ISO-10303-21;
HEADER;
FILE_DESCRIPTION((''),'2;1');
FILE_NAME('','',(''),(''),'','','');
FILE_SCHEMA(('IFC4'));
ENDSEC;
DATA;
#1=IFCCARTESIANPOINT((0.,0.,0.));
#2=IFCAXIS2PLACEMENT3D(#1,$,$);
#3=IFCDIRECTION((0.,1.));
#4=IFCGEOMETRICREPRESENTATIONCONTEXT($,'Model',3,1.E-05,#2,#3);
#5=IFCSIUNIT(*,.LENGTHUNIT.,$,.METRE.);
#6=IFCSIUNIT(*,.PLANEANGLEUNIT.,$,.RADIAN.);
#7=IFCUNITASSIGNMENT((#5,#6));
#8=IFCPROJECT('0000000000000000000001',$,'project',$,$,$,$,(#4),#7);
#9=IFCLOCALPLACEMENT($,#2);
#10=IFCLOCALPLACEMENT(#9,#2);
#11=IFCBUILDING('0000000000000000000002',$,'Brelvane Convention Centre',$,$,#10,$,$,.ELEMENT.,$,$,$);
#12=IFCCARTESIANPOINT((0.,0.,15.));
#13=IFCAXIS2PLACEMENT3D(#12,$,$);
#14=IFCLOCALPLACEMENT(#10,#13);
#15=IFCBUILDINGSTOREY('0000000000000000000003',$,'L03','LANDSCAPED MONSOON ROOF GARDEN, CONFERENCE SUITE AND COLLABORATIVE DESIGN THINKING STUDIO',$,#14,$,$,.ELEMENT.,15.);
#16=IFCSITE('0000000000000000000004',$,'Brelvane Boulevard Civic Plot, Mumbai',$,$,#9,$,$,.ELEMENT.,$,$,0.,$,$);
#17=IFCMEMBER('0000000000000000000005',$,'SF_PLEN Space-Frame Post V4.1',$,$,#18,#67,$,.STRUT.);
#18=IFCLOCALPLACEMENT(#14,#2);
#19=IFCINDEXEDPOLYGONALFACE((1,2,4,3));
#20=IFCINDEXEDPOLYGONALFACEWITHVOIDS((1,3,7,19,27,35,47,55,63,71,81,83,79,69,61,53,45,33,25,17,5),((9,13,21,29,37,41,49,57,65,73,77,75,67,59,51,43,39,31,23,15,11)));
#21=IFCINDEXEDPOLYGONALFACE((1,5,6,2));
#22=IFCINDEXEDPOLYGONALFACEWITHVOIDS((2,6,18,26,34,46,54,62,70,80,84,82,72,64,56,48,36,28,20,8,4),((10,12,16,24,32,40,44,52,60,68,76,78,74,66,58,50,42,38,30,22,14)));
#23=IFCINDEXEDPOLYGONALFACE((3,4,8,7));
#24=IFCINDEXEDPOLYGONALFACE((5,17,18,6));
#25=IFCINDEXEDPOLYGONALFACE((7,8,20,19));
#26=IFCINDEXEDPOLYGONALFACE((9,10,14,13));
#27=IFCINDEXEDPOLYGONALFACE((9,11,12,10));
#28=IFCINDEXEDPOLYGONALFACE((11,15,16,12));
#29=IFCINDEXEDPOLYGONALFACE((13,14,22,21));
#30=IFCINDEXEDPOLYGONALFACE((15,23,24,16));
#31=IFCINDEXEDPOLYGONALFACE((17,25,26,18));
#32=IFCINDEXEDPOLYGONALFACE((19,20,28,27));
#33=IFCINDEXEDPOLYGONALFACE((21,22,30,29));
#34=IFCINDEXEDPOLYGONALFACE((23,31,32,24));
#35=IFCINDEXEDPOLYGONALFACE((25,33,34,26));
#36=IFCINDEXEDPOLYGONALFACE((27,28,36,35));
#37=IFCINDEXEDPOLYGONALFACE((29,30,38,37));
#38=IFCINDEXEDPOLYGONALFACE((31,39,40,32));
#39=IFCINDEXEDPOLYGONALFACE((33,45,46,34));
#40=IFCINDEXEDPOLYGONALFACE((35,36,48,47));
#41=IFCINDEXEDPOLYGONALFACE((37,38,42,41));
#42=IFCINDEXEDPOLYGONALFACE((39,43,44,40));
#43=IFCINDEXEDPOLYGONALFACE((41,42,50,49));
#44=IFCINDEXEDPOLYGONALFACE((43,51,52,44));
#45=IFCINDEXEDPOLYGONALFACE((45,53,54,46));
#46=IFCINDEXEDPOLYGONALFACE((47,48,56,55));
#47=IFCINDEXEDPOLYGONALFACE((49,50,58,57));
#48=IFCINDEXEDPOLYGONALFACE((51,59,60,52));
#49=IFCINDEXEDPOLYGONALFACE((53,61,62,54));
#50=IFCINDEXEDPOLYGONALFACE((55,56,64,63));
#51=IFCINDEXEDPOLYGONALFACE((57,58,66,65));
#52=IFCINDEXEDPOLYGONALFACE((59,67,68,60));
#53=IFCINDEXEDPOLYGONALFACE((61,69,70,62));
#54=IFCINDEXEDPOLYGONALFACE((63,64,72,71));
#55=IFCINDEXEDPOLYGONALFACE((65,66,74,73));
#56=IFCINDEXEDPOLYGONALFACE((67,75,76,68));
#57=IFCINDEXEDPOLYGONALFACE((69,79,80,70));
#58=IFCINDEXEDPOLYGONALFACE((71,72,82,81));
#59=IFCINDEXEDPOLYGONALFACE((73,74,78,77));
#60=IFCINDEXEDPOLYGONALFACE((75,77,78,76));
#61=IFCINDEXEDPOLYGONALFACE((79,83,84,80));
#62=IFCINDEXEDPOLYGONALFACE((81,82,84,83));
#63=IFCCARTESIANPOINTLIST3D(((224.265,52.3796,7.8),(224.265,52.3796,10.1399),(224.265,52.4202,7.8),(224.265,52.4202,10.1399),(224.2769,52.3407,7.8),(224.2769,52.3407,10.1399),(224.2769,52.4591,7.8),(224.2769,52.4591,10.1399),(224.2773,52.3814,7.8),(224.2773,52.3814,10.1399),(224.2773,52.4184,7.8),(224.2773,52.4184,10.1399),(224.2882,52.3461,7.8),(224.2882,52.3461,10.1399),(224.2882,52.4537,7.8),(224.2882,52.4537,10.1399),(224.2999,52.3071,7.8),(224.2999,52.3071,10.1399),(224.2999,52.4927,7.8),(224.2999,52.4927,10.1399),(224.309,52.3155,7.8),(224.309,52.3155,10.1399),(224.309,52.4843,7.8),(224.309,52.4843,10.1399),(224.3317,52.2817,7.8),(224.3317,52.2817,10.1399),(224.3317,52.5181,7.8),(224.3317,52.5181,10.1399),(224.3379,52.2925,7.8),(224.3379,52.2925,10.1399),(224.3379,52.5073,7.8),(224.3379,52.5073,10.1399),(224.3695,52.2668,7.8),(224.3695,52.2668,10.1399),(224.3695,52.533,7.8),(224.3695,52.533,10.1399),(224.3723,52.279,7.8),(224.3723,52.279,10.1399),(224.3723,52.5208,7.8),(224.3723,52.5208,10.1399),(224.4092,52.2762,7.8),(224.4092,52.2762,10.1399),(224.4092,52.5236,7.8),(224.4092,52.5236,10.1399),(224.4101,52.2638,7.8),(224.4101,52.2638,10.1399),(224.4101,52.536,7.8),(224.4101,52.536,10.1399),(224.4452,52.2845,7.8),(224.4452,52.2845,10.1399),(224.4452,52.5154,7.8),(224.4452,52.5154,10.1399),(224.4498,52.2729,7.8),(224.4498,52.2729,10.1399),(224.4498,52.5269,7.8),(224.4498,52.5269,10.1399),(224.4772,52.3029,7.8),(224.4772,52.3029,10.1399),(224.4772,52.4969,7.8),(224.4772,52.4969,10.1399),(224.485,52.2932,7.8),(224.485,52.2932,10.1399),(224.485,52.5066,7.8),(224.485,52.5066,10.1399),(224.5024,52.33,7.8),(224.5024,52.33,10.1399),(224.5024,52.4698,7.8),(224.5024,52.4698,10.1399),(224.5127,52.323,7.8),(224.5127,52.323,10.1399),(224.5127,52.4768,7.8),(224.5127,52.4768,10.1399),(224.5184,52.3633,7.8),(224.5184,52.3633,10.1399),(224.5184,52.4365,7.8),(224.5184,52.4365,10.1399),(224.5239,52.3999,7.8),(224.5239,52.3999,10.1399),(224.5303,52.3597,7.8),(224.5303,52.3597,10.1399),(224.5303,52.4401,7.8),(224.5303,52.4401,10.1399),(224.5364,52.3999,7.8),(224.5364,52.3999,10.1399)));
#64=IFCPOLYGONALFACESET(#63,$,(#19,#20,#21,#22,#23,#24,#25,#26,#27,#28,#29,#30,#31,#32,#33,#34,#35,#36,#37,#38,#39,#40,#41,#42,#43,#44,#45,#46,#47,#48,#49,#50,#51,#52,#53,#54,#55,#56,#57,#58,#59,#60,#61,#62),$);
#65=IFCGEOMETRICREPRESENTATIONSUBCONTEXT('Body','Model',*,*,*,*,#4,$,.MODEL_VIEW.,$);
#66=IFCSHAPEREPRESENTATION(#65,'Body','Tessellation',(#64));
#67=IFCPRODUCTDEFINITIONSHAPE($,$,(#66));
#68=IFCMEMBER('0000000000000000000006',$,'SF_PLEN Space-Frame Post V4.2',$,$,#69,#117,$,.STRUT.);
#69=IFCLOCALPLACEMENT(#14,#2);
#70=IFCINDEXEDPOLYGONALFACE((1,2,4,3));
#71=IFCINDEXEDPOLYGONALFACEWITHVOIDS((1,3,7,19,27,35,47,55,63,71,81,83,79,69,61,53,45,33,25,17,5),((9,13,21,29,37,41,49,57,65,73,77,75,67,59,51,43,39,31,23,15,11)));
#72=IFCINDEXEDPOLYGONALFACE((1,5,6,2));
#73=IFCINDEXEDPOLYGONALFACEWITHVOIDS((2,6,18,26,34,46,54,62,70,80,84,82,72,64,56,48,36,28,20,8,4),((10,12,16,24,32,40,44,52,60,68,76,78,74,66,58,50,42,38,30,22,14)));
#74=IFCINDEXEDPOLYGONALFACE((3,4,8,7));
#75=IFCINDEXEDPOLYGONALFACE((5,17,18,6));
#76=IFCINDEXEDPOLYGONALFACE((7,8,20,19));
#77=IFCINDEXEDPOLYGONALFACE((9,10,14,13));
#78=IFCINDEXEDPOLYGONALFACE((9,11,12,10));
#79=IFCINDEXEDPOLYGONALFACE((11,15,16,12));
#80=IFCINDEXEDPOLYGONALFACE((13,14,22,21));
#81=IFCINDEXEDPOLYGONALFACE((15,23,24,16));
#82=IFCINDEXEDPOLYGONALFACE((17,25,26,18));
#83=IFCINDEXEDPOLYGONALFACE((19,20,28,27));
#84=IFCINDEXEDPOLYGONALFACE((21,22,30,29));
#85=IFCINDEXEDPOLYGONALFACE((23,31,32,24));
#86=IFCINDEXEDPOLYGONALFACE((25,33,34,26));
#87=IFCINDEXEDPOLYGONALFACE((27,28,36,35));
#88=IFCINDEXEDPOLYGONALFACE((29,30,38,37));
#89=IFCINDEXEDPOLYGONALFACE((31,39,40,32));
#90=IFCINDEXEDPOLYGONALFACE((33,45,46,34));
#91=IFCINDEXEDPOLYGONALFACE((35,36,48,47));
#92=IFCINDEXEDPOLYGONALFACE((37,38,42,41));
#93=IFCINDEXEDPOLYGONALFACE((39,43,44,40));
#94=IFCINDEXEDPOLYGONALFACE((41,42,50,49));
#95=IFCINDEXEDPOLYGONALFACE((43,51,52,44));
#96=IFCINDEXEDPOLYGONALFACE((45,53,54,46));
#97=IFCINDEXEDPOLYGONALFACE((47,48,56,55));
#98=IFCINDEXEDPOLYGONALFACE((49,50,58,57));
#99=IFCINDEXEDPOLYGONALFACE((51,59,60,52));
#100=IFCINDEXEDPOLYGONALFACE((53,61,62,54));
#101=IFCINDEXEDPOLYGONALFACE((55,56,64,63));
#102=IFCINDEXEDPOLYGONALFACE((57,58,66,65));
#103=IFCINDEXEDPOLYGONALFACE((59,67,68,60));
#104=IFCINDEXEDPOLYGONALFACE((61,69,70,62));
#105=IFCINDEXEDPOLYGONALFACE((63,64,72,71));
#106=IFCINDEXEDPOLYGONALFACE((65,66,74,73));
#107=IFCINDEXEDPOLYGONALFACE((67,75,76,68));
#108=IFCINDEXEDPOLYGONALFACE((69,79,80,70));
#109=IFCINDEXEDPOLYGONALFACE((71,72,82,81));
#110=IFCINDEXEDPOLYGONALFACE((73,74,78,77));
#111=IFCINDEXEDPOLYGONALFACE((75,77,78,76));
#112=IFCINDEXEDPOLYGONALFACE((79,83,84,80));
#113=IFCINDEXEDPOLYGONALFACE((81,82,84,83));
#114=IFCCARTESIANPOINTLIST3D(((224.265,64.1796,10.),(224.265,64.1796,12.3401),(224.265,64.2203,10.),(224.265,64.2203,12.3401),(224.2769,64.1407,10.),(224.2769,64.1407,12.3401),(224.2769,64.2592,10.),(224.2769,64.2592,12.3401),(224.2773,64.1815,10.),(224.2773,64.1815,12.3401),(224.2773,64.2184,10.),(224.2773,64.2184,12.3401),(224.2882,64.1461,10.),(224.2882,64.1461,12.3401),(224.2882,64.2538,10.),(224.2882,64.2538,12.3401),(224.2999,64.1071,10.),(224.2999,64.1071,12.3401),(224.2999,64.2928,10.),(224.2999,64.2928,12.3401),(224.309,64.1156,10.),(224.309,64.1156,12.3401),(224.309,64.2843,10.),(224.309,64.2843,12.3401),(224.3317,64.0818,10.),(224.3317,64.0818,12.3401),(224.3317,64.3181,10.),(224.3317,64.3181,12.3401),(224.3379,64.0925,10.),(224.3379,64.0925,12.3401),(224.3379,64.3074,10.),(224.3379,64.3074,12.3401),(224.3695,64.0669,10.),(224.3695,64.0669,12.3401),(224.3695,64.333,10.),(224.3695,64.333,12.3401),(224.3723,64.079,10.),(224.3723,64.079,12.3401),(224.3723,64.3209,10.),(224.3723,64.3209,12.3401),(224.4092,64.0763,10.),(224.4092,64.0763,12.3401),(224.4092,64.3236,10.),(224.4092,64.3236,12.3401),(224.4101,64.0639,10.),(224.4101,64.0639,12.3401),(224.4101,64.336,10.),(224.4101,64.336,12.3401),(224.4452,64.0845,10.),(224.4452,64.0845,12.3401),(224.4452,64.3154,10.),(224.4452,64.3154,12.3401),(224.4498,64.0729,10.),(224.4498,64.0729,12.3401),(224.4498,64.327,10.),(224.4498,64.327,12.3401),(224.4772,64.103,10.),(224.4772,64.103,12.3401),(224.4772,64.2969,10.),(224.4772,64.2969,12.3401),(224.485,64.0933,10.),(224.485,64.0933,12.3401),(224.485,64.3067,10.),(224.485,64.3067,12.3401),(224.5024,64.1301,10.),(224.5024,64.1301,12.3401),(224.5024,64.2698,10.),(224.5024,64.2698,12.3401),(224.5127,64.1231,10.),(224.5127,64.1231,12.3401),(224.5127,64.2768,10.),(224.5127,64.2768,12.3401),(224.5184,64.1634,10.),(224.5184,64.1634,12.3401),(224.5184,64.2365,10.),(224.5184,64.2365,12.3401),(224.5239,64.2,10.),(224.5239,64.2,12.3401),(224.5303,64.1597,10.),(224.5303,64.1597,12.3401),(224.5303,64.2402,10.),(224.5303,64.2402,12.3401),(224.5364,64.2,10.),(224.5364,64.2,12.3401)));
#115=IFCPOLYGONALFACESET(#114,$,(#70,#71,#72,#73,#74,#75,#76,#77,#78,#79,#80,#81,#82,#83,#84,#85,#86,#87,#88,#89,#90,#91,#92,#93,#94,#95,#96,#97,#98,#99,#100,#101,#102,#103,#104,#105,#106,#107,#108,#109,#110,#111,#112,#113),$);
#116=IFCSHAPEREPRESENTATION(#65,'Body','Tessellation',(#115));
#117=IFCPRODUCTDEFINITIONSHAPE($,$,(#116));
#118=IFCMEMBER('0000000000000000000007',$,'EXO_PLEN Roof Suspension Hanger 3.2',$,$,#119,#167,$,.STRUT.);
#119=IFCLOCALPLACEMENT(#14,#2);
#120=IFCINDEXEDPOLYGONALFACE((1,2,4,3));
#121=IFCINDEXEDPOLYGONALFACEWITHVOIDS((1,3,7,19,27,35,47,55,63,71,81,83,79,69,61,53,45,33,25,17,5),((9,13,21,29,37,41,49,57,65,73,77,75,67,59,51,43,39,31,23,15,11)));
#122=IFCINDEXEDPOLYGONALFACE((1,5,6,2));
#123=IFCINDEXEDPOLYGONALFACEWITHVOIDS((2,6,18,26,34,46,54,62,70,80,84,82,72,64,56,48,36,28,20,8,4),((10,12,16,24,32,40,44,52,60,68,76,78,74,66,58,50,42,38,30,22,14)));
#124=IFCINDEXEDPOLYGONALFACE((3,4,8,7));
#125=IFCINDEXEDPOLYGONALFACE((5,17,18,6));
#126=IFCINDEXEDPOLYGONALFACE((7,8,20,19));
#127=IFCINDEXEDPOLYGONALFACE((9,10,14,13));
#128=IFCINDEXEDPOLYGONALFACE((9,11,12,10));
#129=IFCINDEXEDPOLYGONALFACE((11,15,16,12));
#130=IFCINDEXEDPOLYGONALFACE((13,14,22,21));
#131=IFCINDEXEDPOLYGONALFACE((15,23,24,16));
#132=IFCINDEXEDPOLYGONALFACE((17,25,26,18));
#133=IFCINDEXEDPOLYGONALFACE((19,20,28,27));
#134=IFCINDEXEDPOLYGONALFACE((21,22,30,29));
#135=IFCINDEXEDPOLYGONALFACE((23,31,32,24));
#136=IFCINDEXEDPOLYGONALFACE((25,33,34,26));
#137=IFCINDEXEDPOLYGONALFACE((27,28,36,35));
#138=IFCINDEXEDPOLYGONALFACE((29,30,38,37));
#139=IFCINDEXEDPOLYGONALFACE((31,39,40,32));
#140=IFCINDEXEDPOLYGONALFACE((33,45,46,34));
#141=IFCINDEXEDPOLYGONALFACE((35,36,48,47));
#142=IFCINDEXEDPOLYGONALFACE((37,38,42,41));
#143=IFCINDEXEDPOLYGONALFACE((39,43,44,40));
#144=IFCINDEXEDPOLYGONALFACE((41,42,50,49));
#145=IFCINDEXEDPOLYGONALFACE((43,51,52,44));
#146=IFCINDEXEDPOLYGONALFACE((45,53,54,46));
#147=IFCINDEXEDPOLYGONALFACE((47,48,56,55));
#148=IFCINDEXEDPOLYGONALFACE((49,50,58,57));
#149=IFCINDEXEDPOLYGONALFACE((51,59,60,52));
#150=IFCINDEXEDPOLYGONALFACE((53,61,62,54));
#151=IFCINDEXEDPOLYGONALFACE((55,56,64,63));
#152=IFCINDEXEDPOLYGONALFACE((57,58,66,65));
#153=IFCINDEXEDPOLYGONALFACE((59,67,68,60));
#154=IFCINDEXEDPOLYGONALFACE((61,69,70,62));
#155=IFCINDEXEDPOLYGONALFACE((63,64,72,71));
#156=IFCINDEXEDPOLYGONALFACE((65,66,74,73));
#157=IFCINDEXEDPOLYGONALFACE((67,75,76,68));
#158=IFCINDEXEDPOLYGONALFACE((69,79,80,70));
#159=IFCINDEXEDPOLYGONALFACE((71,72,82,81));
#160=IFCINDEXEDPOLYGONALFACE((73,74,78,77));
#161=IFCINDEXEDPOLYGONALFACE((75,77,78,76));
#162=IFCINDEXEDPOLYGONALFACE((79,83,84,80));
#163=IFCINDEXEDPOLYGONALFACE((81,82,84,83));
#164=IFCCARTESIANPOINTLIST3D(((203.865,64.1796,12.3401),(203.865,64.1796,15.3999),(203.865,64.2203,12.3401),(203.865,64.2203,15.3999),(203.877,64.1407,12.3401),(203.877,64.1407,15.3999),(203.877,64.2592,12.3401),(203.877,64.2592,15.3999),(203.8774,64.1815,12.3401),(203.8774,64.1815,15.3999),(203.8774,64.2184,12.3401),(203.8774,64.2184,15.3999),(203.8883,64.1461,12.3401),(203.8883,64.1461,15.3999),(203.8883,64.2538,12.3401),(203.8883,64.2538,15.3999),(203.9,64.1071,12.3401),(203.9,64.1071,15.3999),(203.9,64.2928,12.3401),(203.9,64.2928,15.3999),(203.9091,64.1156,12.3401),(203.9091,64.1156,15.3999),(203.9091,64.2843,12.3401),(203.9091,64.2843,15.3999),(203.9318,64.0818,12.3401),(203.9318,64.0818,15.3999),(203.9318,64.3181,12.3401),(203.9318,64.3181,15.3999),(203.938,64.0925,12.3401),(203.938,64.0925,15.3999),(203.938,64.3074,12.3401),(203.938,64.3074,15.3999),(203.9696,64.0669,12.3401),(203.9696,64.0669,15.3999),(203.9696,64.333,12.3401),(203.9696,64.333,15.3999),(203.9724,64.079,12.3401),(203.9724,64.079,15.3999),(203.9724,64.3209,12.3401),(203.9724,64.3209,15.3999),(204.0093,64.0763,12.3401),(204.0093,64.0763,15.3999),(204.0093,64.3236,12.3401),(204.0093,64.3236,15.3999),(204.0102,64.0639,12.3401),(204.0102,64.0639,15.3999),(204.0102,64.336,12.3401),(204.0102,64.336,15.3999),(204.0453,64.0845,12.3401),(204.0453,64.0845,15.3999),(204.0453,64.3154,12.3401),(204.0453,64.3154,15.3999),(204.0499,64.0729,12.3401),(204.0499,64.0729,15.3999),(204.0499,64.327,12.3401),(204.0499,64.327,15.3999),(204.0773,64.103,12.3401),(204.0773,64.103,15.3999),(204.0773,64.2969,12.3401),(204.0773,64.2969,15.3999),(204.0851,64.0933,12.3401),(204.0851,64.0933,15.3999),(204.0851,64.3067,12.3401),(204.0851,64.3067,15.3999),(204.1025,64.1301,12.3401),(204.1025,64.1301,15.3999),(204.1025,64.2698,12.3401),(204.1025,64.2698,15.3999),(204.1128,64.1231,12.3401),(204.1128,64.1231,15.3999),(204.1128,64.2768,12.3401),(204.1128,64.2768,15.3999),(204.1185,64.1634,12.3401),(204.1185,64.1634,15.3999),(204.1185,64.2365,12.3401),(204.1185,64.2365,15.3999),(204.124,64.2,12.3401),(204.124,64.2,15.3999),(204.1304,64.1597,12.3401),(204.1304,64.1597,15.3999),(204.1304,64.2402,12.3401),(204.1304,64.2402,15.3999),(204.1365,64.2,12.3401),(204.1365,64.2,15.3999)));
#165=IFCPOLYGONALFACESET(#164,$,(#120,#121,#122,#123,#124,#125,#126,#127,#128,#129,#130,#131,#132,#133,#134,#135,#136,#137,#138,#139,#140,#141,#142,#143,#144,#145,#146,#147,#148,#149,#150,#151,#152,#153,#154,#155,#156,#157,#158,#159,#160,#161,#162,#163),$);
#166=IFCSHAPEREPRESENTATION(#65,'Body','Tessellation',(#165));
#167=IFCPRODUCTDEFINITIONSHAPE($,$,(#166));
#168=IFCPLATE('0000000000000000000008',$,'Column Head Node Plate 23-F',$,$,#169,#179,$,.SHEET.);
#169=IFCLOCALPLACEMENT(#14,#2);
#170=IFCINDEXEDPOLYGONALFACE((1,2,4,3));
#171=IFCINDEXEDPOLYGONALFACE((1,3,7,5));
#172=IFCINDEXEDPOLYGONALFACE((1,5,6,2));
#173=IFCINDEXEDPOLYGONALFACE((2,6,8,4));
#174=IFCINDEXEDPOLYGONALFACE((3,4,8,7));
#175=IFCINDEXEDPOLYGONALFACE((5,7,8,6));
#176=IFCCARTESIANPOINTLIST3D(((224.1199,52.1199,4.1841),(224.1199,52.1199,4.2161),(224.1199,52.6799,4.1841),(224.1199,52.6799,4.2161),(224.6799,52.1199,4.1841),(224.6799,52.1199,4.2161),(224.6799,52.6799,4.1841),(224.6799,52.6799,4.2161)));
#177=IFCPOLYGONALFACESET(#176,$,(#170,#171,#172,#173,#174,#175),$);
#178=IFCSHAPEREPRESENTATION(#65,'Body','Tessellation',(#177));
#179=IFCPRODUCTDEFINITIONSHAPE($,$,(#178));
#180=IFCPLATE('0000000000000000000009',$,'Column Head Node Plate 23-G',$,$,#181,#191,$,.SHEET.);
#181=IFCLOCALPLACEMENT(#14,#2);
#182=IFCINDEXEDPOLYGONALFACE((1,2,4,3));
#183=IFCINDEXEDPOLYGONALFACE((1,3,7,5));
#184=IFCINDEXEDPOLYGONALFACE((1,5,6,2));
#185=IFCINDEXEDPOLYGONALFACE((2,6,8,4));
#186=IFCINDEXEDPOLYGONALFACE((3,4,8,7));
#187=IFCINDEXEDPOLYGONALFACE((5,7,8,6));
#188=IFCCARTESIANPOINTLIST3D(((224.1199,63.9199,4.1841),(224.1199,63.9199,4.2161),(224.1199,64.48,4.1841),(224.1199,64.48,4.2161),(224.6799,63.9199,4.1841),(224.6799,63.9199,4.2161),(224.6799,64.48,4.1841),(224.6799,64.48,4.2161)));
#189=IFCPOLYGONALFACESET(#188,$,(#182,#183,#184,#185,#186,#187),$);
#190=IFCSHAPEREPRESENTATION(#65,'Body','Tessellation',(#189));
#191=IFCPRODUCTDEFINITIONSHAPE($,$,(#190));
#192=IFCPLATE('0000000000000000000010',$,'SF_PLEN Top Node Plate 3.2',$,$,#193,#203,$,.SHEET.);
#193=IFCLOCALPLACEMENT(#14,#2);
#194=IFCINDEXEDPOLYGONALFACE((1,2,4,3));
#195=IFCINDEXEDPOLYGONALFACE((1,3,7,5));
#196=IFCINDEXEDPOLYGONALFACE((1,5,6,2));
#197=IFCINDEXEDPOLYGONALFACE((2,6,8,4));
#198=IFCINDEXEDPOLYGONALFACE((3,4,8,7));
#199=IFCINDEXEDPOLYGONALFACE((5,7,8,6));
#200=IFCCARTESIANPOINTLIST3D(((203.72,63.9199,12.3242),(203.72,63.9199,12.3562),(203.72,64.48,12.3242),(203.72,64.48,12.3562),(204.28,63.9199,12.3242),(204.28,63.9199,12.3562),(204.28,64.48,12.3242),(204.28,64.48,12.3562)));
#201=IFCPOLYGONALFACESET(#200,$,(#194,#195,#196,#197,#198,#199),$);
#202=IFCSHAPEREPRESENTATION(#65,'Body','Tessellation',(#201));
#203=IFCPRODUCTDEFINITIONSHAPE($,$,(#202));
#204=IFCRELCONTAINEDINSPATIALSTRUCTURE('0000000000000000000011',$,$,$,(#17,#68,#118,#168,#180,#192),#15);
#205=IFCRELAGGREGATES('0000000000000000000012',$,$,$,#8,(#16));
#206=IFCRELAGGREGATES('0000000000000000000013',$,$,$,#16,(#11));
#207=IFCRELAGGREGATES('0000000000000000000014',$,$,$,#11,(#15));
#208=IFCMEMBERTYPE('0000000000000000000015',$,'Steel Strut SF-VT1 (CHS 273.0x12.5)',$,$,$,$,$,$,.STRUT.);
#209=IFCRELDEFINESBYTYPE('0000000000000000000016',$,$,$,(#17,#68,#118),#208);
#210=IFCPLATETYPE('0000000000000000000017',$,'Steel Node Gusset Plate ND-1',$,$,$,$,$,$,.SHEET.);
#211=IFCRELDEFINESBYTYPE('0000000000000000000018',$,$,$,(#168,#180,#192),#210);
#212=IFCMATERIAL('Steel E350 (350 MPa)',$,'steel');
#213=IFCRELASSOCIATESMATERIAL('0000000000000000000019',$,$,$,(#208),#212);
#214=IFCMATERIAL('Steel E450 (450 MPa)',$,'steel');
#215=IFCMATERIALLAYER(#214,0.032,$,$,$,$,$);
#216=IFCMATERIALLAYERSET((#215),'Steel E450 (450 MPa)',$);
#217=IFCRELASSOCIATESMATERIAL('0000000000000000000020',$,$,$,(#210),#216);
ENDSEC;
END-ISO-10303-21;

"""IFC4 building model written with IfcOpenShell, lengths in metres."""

from ifc_helpers import new_model, si_unit, direction, frame, origin, origin_2d, place, context, subcontext, project, spatial, rectangle, hollow_circle, extrude, material, layer, layer_set, material_profile, profile_set, type_object, element, save


model = new_model("IFC4")

# Units and contexts
model_context = context("Model", 3, precision=1e-05, world=origin(), true_north=direction((0.0, 1.0)))
body_context = subcontext(model_context, "Body", "Model", "MODEL_VIEW")
ifc_project = project(units=[si_unit("LENGTHUNIT", "METRE"), si_unit("PLANEANGLEUNIT", "RADIAN")], contexts=[model_context])

# Site, building, storey
site_placement = place(None, origin())
site = spatial("IfcSite", under=ifc_project, at=site_placement, Name="Brelvane Boulevard Civic Plot, Mumbai", CompositionType="ELEMENT", RefElevation=0.0)
building_placement = place(site_placement, origin())
building = spatial("IfcBuilding", under=site, at=building_placement, Name="Brelvane Convention Centre", CompositionType="ELEMENT")
storey_placement = place(building_placement, frame((0.0, 0.0, 15.0)))
storey = spatial("IfcBuildingStorey", under=building, at=storey_placement, Name="L03", Description="LANDSCAPED MONSOON ROOF GARDEN, CONFERENCE SUITE AND COLLABORATIVE DESIGN THINKING STUDIO", CompositionType="ELEMENT", Elevation=15.0)

# Members
ifc_material_1 = material(Name="Steel E350 (350 MPa)", Category="steel")
ifc_material_profile_1 = material_profile(ifc_material_1, hollow_circle(Radius=0.1365, WallThickness=0.0125, at=origin_2d()), Name="CHS 273.0x12.5")
ifc_profile_set_1 = profile_set([ifc_material_profile_1], Name="Steel E350 (350 MPa)")
member_type_1 = type_object("IfcMemberType", Name="Steel Strut SF-VT1 (CHS 273.0x12.5)", PredefinedType="STRUT", material=ifc_profile_set_1)
member_1_placement = place(storey_placement, frame((224.3999, 52.3999, 7.8), z_axis=(0.0, 0.0, 1.0), x_axis=(1.0, 0.0, 0.0)))
element("IfcMember", 1, at=member_1_placement, inside=storey, type_object=member_type_1, Name="SF_PLEN Space-Frame Post V4.1", PredefinedType="STRUT", context=body_context, shape_type="SweptSolid", body=[
    extrude(hollow_circle(Radius=0.1365, WallThickness=0.0125, at=origin_2d()), origin(), (0.0, 0.0, 1.0), 2.3398),
])
member_2_placement = place(storey_placement, frame((224.3999, 64.2, 10.0), z_axis=(0.0, 0.0, 1.0), x_axis=(1.0, 0.0, 0.0)))
element("IfcMember", 2, at=member_2_placement, inside=storey, type_object=member_type_1, Name="SF_PLEN Space-Frame Post V4.2", PredefinedType="STRUT", context=body_context, shape_type="SweptSolid", body=[
    extrude(hollow_circle(Radius=0.1365, WallThickness=0.0125, at=origin_2d()), origin(), (0.0, 0.0, 1.0), 2.3401),
])
member_3_placement = place(storey_placement, frame((204.0, 64.2, 12.3401), z_axis=(0.0, 0.0, 1.0), x_axis=(1.0, 0.0, 0.0)))
element("IfcMember", 3, at=member_3_placement, inside=storey, type_object=member_type_1, Name="EXO_PLEN Roof Suspension Hanger 3.2", PredefinedType="STRUT", context=body_context, shape_type="SweptSolid", body=[
    extrude(hollow_circle(Radius=0.1365, WallThickness=0.0125, at=origin_2d()), origin(), (0.0, 0.0, 1.0), 3.0598),
])

# Plates
ifc_material_2 = material(Name="Steel E450 (450 MPa)", Category="steel")
ifc_layer_1 = layer(ifc_material_2, 0.032)
ifc_layer_set_1 = layer_set([ifc_layer_1], Name="Steel E450 (450 MPa)")
plate_type_1 = type_object("IfcPlateType", Name="Steel Node Gusset Plate ND-1", PredefinedType="SHEET", material=ifc_layer_set_1)
for number, where, z_axis, x_axis, name in (
    (4, (224.3999, 52.3999, 4.1841), (0.0, 0.0, 1.0), (1.0, 0.0, 0.0), "Column Head Node Plate 23-F"),
    (5, (224.3999, 64.2, 4.1841), (0.0, 0.0, 1.0), (1.0, 0.0, 0.0), "Column Head Node Plate 23-G"),
    (6, (204.0, 64.2, 12.3242), (0.0, 0.0, 1.0), (1.0, 0.0, 0.0), "SF_PLEN Top Node Plate 3.2"),
):
    element("IfcPlate", number, at=place(storey_placement, frame(where, z_axis=z_axis, x_axis=x_axis)), inside=storey, type_object=plate_type_1, Name=name, PredefinedType="SHEET", context=body_context, shape_type="SweptSolid", body=[
        extrude(rectangle(XDim=0.5601, YDim=0.5601, at=origin_2d()), origin(), (0.0, 0.0, 1.0), 0.032),
    ])

save(model, "model.ifc")
